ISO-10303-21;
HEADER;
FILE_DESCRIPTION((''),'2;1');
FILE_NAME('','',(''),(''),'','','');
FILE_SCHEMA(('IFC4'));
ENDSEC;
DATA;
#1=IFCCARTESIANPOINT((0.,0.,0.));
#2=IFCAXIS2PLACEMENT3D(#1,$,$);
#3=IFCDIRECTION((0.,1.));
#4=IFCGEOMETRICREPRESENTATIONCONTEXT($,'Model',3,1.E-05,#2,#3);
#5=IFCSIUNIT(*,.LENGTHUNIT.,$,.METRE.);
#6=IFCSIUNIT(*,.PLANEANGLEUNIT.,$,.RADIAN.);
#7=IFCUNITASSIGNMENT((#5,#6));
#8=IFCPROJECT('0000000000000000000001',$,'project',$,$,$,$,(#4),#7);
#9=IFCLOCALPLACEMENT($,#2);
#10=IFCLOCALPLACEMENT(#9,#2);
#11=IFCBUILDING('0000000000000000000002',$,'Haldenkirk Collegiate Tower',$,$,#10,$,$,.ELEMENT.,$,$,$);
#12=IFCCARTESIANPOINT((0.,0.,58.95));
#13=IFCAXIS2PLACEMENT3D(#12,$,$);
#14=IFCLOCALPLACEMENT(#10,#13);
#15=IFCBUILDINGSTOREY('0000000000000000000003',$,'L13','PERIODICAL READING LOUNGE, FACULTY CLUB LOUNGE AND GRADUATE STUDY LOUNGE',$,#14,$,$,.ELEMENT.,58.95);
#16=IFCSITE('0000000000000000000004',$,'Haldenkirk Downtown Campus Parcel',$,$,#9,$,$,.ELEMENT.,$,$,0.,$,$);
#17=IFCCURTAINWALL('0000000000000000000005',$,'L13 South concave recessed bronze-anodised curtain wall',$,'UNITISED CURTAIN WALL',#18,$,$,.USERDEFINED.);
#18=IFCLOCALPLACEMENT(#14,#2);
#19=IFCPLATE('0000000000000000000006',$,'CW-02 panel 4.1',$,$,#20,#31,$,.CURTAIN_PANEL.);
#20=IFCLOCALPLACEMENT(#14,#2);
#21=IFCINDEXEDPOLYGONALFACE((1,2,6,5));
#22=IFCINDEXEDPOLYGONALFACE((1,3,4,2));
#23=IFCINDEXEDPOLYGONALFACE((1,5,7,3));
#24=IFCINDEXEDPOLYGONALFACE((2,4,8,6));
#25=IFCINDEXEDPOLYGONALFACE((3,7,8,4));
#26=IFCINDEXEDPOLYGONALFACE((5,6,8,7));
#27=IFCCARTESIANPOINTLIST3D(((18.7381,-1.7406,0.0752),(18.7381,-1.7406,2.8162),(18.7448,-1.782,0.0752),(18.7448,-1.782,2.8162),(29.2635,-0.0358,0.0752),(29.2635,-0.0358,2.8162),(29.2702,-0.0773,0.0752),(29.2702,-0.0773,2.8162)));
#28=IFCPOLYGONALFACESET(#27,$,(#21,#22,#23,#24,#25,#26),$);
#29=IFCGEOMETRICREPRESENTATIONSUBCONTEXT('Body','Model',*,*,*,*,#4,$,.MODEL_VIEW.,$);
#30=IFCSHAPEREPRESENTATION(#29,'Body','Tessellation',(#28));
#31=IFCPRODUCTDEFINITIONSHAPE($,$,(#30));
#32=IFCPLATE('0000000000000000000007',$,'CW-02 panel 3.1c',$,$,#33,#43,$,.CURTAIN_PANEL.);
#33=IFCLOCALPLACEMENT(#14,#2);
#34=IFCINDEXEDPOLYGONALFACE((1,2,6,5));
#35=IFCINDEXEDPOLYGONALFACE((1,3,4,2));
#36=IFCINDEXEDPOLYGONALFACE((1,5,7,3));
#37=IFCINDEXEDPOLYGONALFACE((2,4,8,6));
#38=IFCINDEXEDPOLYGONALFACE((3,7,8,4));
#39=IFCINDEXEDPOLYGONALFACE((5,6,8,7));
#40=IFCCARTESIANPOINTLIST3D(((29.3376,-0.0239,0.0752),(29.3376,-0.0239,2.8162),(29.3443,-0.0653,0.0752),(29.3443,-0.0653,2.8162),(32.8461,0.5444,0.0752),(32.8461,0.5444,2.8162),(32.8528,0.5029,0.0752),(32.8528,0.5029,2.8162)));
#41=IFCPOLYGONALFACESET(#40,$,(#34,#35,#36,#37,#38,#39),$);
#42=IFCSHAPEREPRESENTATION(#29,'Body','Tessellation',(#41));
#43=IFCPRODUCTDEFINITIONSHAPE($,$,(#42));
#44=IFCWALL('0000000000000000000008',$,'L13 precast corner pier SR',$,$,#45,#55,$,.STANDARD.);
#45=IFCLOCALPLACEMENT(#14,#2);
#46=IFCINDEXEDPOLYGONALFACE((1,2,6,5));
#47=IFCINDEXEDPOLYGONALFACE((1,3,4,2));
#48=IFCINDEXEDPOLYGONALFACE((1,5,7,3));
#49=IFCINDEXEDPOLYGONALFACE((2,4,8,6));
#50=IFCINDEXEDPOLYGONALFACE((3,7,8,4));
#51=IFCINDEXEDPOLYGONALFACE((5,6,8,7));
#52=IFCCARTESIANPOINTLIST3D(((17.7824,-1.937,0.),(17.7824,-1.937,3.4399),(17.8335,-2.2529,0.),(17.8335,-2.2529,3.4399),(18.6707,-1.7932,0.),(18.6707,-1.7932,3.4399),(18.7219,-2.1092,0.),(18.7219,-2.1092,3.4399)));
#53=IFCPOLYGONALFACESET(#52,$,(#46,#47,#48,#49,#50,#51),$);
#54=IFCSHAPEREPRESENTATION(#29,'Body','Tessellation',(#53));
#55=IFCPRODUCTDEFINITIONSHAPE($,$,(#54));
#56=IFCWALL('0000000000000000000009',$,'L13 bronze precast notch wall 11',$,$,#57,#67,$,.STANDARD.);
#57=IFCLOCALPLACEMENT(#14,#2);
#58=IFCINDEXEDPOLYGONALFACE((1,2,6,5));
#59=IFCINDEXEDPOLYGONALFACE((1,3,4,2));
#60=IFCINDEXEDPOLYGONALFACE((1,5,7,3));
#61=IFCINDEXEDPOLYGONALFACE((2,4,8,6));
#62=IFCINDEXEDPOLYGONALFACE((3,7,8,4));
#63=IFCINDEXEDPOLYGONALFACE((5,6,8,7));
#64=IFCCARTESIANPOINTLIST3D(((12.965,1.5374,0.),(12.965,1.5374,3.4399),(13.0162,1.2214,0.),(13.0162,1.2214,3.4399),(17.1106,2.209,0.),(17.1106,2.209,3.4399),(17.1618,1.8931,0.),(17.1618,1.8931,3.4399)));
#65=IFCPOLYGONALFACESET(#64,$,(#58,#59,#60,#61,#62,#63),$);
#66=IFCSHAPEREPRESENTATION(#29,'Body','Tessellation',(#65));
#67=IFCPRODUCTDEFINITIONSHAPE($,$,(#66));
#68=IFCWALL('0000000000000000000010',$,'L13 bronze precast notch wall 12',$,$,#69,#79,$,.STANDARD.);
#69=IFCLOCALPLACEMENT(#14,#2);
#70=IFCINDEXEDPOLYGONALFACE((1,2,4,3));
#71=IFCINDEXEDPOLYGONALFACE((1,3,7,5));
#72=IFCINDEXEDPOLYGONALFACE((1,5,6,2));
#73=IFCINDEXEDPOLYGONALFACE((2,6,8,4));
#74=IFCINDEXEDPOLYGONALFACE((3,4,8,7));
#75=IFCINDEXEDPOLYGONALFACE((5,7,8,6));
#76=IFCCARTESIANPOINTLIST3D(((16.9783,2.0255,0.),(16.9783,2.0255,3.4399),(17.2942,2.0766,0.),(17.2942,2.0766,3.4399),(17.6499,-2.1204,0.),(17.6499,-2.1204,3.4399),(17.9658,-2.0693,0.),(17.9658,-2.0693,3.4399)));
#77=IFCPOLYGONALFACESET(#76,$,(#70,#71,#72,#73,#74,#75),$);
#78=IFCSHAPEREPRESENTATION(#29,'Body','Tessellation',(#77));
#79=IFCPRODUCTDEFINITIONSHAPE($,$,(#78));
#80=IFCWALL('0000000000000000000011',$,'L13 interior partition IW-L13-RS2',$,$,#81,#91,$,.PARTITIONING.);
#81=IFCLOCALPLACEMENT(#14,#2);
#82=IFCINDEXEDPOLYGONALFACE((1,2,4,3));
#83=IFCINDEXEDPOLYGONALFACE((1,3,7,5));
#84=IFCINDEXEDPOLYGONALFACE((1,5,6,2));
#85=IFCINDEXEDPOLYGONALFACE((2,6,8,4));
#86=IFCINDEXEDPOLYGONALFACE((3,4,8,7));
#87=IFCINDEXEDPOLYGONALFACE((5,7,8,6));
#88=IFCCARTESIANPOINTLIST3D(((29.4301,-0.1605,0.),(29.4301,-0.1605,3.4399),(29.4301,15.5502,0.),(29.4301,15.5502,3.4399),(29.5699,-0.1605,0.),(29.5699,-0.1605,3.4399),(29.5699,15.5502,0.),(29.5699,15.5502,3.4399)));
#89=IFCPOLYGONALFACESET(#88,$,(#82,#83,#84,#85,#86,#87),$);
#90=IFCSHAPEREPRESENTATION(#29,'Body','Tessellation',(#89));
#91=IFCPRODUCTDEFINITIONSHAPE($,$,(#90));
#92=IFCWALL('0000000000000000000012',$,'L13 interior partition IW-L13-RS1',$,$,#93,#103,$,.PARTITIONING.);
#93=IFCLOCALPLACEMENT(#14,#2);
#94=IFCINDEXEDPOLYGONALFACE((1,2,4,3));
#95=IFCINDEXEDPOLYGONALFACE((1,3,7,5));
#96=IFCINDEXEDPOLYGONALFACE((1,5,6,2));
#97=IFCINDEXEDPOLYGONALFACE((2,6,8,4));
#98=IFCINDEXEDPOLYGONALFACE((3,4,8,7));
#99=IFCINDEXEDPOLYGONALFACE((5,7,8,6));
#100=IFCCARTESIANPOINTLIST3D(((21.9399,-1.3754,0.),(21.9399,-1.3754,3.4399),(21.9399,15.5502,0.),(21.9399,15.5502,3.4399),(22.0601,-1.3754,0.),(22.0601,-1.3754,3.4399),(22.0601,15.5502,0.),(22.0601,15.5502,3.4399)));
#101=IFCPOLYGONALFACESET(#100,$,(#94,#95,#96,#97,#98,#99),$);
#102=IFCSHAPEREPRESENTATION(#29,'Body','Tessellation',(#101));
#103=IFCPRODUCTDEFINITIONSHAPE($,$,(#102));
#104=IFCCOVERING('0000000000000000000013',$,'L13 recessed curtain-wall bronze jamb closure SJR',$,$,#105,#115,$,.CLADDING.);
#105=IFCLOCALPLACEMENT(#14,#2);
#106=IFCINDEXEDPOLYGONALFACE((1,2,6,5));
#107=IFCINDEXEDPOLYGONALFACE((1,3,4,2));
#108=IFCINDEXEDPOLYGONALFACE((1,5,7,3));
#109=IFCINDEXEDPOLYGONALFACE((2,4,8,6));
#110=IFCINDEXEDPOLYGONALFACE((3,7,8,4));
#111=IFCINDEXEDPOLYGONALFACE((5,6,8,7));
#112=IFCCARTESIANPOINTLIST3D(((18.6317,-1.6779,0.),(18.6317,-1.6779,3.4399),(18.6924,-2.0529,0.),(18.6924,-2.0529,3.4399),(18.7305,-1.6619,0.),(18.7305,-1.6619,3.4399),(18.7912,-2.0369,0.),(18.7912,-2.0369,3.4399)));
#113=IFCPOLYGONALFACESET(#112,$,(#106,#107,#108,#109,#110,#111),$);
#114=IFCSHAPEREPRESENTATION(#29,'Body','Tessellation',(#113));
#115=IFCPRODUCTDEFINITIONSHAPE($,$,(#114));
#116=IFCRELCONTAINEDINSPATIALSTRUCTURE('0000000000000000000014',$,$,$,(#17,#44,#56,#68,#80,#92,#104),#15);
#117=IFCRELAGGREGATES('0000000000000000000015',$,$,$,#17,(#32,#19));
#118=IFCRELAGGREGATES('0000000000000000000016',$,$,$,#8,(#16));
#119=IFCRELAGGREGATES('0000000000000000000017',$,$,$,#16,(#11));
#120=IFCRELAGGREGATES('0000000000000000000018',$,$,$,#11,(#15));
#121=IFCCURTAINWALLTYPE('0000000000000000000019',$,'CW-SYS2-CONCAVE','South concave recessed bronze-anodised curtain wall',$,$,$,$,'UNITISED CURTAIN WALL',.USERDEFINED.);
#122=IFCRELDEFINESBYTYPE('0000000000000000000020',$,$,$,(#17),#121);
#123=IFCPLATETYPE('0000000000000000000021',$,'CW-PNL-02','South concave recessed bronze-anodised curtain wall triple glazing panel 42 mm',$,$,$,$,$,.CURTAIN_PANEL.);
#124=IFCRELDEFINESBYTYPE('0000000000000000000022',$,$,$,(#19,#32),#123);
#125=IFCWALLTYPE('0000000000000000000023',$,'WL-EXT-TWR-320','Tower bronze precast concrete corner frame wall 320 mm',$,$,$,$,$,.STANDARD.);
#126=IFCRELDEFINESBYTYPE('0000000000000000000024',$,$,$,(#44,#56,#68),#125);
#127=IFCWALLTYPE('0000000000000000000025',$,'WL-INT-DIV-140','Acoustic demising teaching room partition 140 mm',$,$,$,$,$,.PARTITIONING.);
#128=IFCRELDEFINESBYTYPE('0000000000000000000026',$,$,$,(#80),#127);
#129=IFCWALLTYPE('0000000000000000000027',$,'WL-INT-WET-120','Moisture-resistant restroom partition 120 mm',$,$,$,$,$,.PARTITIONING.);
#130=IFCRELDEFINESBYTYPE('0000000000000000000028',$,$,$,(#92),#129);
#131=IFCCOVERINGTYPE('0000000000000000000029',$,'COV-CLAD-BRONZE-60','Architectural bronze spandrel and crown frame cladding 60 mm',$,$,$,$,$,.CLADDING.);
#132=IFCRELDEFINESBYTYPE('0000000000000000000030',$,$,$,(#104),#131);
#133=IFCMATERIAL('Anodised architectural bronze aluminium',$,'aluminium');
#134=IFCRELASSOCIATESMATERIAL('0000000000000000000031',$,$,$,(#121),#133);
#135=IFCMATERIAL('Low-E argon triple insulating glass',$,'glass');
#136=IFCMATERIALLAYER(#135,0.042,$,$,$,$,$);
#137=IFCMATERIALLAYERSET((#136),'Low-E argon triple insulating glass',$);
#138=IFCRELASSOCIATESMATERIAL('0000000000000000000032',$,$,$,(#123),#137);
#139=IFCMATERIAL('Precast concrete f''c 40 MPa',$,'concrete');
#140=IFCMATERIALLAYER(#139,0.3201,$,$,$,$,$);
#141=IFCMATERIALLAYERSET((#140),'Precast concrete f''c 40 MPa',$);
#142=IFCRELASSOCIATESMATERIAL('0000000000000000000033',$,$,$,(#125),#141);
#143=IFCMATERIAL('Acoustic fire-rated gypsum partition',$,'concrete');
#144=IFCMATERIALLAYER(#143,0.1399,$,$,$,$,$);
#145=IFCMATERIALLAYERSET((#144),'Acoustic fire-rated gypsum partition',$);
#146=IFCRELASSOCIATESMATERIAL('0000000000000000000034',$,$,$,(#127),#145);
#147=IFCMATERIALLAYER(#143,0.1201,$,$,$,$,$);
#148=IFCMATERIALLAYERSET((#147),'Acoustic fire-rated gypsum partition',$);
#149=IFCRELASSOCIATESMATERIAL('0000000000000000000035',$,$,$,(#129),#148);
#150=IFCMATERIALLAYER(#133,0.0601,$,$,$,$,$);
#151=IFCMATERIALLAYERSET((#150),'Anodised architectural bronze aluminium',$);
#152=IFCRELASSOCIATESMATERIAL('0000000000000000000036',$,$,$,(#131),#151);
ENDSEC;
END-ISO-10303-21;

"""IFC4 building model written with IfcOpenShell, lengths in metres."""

from ifc_helpers import new_model, si_unit, direction, frame, frame_2d, origin, origin_2d, place, context, subcontext, project, spatial, rectangle, extrude, source, transform, mapped, material, layer, layer_set, type_object, element, aggregate, save


model = new_model("IFC4")

# Units and contexts
model_context = context("Model", 3, precision=1e-05, world=origin(), true_north=direction((0.0, 1.0)))
body_context = subcontext(model_context, "Body", "Model", "MODEL_VIEW")
ifc_project = project(units=[si_unit("LENGTHUNIT", "METRE"), si_unit("PLANEANGLEUNIT", "RADIAN")], contexts=[model_context])

# Site, building, storey
site_placement = place(None, origin())
site = spatial("IfcSite", under=ifc_project, at=site_placement, Name="Haldenkirk Downtown Campus Parcel", CompositionType="ELEMENT", RefElevation=0.0)
building_placement = place(site_placement, origin())
building = spatial("IfcBuilding", under=site, at=building_placement, Name="Haldenkirk Collegiate Tower", CompositionType="ELEMENT")
storey_placement = place(building_placement, frame((0.0, 0.0, 58.95)))
storey = spatial("IfcBuildingStorey", under=building, at=storey_placement, Name="L13", Description="PERIODICAL READING LOUNGE, FACULTY CLUB LOUNGE AND GRADUATE STUDY LOUNGE", CompositionType="ELEMENT", Elevation=58.95)

# Curtain wall
ifc_material_1 = material(Name="Anodised architectural bronze aluminium", Category="aluminium")
curtain_wall_type_1 = type_object("IfcCurtainWallType", Name="CW-SYS2-CONCAVE", Description="South concave recessed bronze-anodised curtain wall", ElementType="UNITISED CURTAIN WALL", PredefinedType="USERDEFINED", material=ifc_material_1)
curtain_wall_1_placement = place(storey_placement, origin())
curtain_wall_1 = element("IfcCurtainWall", 1, at=curtain_wall_1_placement, inside=storey, type_object=curtain_wall_type_1, Name="L13 South concave recessed bronze-anodised curtain wall", ObjectType="UNITISED CURTAIN WALL", PredefinedType="USERDEFINED")

# Plates
ifc_material_2 = material(Name="Low-E argon triple insulating glass", Category="glass")
ifc_layer_1 = layer(ifc_material_2, 0.042)
ifc_layer_set_1 = layer_set([ifc_layer_1], Name="Low-E argon triple insulating glass")
plate_type = type_object("IfcPlateType", Name="CW-PNL-02", Description="South concave recessed bronze-anodised curtain wall triple glazing panel 42 mm", PredefinedType="CURTAIN_PANEL", material=ifc_layer_set_1)
shared_shape_1 = source(origin(), body_context, "Body", "SweptSolid", [
    extrude(rectangle(XDim=10.6626, YDim=0.042, at=origin_2d()), origin(), (0.0, 0.0, 1.0), 2.741),
])
plate_1_placement = place(storey_placement, frame((24.0042, -0.9089, 0.0752), z_axis=(0.0, 0.0, 1.0), x_axis=(-0.987136, -0.159881, 0.0)))
plate_1 = element("IfcPlate", 2, at=plate_1_placement, type_object=plate_type, Name="CW-02 panel 4.1", PredefinedType="CURTAIN_PANEL", context=body_context, shape_type="MappedRepresentation", body=[
    mapped(shared_shape_1, transform((0.0, 0.0, 0.0), x_axis=(1.0, 0.0, 0.0), y_axis=(0.0, 1.0, 0.0), z_axis=(0.0, 0.0, 1.0), scale=1.0)),
])
shared_shape_2 = source(origin(), body_context, "Body", "SweptSolid", [
    extrude(rectangle(XDim=3.5542, YDim=0.042, at=origin_2d()), origin(), (0.0, 0.0, 1.0), 2.741),
])
plate_2_placement = place(storey_placement, frame((31.0952, 0.2395, 0.0752), z_axis=(0.0, 0.0, 1.0), x_axis=(-0.987136, -0.159881, 0.0)))
plate_2 = element("IfcPlate", 3, at=plate_2_placement, type_object=plate_type, Name="CW-02 panel 3.1c", PredefinedType="CURTAIN_PANEL", context=body_context, shape_type="MappedRepresentation", body=[
    mapped(shared_shape_2, transform((0.0, 0.0, 0.0), x_axis=(1.0, 0.0, 0.0), y_axis=(0.0, 1.0, 0.0), z_axis=(0.0, 0.0, 1.0), scale=1.0)),
])
aggregate(curtain_wall_1, [plate_2, plate_1])

# Walls
ifc_material_3 = material(Name="Precast concrete f'c 40 MPa", Category="concrete")
ifc_layer_2 = layer(ifc_material_3, 0.3201)
ifc_layer_set_2 = layer_set([ifc_layer_2], Name="Precast concrete f'c 40 MPa")
wall_type_1 = type_object("IfcWallType", Name="WL-EXT-TWR-320", Description="Tower bronze precast concrete corner frame wall 320 mm", PredefinedType="STANDARD", material=ifc_layer_set_2)
wall_1_placement = place(storey_placement, frame((18.6963, -1.9512, 0.0), z_axis=(0.0, 0.0, 1.0), x_axis=(-0.987153, -0.159778, 0.0)))
element("IfcWall", 4, at=wall_1_placement, inside=storey, type_object=wall_type_1, Name="L13 precast corner pier SR", PredefinedType="STANDARD", context=body_context, shape_type="SweptSolid", body=[
    extrude(rectangle(XDim=0.8999, YDim=0.3201, at=frame_2d((0.45, 0.0))), origin(), (0.0, 0.0, 1.0), 3.4399),
])
wall_2_placement = place(storey_placement, frame((17.1362, 2.051, 0.0), z_axis=(0.0, 0.0, 1.0), x_axis=(-0.98713, -0.15992, 0.0)))
element("IfcWall", 5, at=wall_2_placement, inside=storey, type_object=wall_type_1, Name="L13 bronze precast notch wall 11", PredefinedType="STANDARD", context=body_context, shape_type="SweptSolid", body=[
    extrude(rectangle(XDim=4.1997, YDim=0.3201, at=frame_2d((2.0999, 0.0))), origin(), (0.0, 0.0, 1.0), 3.4399),
])
wall_3_placement = place(storey_placement, frame((17.8079, -2.095, 0.0), z_axis=(0.0, 0.0, 1.0), x_axis=(-0.15991, 0.987132, 0.0)))
element("IfcWall", 6, at=wall_3_placement, inside=storey, type_object=wall_type_1, Name="L13 bronze precast notch wall 12", PredefinedType="STANDARD", context=body_context, shape_type="SweptSolid", body=[
    extrude(rectangle(XDim=4.2, YDim=0.3201, at=frame_2d((2.1001, 0.0))), origin(), (0.0, 0.0, 1.0), 3.4399),
])
ifc_material_4 = material(Name="Acoustic fire-rated gypsum partition", Category="concrete")
ifc_layer_3 = layer(ifc_material_4, 0.1399)
ifc_layer_set_3 = layer_set([ifc_layer_3], Name="Acoustic fire-rated gypsum partition")
wall_type_2 = type_object("IfcWallType", Name="WL-INT-DIV-140", Description="Acoustic demising teaching room partition 140 mm", PredefinedType="PARTITIONING", material=ifc_layer_set_3)
wall_4_placement = place(storey_placement, frame((29.5, -0.1606, 0.0), z_axis=(0.0, 0.0, 1.0), x_axis=(0.0, 1.0, 0.0)))
element("IfcWall", 7, at=wall_4_placement, inside=storey, type_object=wall_type_2, Name="L13 interior partition IW-L13-RS2", PredefinedType="PARTITIONING", context=body_context, shape_type="SweptSolid", body=[
    extrude(rectangle(XDim=15.7107, YDim=0.1399, at=frame_2d((7.8555, 0.0))), origin(), (0.0, 0.0, 1.0), 3.4399),
])
ifc_layer_4 = layer(ifc_material_4, 0.1201)
ifc_layer_set_4 = layer_set([ifc_layer_4], Name="Acoustic fire-rated gypsum partition")
wall_type_3 = type_object("IfcWallType", Name="WL-INT-WET-120", Description="Moisture-resistant restroom partition 120 mm", PredefinedType="PARTITIONING", material=ifc_layer_set_4)
wall_5_placement = place(storey_placement, frame((22.0, -1.3755, 0.0), z_axis=(0.0, 0.0, 1.0), x_axis=(0.0, 1.0, 0.0)))
element("IfcWall", 8, at=wall_5_placement, inside=storey, type_object=wall_type_3, Name="L13 interior partition IW-L13-RS1", PredefinedType="PARTITIONING", context=body_context, shape_type="SweptSolid", body=[
    extrude(rectangle(XDim=16.9255, YDim=0.1201, at=frame_2d((8.4629, 0.0))), origin(), (0.0, 0.0, 1.0), 3.4399),
])

# Covering
ifc_layer_5 = layer(ifc_material_1, 0.0601)
ifc_layer_set_5 = layer_set([ifc_layer_5], Name="Anodised architectural bronze aluminium")
covering_type = type_object("IfcCoveringType", Name="COV-CLAD-BRONZE-60", Description="Architectural bronze spandrel and crown frame cladding 60 mm", PredefinedType="CLADDING", material=ifc_layer_set_5)
shared_shape_3 = source(origin(), body_context, "Body", "SweptSolid", [
    extrude(rectangle(XDim=0.1001, YDim=0.3799, at=origin_2d()), origin(), (0.0, 0.0, 1.0), 3.4399),
])
covering_placement = place(storey_placement, frame((18.7114, -1.8574, 0.0), z_axis=(0.0, 0.0, 1.0), x_axis=(-0.987136, -0.159881, 0.0)))
element("IfcCovering", 9, at=covering_placement, inside=storey, type_object=covering_type, Name="L13 recessed curtain-wall bronze jamb closure SJR", PredefinedType="CLADDING", context=body_context, shape_type="MappedRepresentation", body=[
    mapped(shared_shape_3, transform((0.0, 0.0, 0.0), x_axis=(1.0, 0.0, 0.0), y_axis=(0.0, 1.0, 0.0), z_axis=(0.0, 0.0, 1.0), scale=1.0)),
])

save(model, "model.ifc")
